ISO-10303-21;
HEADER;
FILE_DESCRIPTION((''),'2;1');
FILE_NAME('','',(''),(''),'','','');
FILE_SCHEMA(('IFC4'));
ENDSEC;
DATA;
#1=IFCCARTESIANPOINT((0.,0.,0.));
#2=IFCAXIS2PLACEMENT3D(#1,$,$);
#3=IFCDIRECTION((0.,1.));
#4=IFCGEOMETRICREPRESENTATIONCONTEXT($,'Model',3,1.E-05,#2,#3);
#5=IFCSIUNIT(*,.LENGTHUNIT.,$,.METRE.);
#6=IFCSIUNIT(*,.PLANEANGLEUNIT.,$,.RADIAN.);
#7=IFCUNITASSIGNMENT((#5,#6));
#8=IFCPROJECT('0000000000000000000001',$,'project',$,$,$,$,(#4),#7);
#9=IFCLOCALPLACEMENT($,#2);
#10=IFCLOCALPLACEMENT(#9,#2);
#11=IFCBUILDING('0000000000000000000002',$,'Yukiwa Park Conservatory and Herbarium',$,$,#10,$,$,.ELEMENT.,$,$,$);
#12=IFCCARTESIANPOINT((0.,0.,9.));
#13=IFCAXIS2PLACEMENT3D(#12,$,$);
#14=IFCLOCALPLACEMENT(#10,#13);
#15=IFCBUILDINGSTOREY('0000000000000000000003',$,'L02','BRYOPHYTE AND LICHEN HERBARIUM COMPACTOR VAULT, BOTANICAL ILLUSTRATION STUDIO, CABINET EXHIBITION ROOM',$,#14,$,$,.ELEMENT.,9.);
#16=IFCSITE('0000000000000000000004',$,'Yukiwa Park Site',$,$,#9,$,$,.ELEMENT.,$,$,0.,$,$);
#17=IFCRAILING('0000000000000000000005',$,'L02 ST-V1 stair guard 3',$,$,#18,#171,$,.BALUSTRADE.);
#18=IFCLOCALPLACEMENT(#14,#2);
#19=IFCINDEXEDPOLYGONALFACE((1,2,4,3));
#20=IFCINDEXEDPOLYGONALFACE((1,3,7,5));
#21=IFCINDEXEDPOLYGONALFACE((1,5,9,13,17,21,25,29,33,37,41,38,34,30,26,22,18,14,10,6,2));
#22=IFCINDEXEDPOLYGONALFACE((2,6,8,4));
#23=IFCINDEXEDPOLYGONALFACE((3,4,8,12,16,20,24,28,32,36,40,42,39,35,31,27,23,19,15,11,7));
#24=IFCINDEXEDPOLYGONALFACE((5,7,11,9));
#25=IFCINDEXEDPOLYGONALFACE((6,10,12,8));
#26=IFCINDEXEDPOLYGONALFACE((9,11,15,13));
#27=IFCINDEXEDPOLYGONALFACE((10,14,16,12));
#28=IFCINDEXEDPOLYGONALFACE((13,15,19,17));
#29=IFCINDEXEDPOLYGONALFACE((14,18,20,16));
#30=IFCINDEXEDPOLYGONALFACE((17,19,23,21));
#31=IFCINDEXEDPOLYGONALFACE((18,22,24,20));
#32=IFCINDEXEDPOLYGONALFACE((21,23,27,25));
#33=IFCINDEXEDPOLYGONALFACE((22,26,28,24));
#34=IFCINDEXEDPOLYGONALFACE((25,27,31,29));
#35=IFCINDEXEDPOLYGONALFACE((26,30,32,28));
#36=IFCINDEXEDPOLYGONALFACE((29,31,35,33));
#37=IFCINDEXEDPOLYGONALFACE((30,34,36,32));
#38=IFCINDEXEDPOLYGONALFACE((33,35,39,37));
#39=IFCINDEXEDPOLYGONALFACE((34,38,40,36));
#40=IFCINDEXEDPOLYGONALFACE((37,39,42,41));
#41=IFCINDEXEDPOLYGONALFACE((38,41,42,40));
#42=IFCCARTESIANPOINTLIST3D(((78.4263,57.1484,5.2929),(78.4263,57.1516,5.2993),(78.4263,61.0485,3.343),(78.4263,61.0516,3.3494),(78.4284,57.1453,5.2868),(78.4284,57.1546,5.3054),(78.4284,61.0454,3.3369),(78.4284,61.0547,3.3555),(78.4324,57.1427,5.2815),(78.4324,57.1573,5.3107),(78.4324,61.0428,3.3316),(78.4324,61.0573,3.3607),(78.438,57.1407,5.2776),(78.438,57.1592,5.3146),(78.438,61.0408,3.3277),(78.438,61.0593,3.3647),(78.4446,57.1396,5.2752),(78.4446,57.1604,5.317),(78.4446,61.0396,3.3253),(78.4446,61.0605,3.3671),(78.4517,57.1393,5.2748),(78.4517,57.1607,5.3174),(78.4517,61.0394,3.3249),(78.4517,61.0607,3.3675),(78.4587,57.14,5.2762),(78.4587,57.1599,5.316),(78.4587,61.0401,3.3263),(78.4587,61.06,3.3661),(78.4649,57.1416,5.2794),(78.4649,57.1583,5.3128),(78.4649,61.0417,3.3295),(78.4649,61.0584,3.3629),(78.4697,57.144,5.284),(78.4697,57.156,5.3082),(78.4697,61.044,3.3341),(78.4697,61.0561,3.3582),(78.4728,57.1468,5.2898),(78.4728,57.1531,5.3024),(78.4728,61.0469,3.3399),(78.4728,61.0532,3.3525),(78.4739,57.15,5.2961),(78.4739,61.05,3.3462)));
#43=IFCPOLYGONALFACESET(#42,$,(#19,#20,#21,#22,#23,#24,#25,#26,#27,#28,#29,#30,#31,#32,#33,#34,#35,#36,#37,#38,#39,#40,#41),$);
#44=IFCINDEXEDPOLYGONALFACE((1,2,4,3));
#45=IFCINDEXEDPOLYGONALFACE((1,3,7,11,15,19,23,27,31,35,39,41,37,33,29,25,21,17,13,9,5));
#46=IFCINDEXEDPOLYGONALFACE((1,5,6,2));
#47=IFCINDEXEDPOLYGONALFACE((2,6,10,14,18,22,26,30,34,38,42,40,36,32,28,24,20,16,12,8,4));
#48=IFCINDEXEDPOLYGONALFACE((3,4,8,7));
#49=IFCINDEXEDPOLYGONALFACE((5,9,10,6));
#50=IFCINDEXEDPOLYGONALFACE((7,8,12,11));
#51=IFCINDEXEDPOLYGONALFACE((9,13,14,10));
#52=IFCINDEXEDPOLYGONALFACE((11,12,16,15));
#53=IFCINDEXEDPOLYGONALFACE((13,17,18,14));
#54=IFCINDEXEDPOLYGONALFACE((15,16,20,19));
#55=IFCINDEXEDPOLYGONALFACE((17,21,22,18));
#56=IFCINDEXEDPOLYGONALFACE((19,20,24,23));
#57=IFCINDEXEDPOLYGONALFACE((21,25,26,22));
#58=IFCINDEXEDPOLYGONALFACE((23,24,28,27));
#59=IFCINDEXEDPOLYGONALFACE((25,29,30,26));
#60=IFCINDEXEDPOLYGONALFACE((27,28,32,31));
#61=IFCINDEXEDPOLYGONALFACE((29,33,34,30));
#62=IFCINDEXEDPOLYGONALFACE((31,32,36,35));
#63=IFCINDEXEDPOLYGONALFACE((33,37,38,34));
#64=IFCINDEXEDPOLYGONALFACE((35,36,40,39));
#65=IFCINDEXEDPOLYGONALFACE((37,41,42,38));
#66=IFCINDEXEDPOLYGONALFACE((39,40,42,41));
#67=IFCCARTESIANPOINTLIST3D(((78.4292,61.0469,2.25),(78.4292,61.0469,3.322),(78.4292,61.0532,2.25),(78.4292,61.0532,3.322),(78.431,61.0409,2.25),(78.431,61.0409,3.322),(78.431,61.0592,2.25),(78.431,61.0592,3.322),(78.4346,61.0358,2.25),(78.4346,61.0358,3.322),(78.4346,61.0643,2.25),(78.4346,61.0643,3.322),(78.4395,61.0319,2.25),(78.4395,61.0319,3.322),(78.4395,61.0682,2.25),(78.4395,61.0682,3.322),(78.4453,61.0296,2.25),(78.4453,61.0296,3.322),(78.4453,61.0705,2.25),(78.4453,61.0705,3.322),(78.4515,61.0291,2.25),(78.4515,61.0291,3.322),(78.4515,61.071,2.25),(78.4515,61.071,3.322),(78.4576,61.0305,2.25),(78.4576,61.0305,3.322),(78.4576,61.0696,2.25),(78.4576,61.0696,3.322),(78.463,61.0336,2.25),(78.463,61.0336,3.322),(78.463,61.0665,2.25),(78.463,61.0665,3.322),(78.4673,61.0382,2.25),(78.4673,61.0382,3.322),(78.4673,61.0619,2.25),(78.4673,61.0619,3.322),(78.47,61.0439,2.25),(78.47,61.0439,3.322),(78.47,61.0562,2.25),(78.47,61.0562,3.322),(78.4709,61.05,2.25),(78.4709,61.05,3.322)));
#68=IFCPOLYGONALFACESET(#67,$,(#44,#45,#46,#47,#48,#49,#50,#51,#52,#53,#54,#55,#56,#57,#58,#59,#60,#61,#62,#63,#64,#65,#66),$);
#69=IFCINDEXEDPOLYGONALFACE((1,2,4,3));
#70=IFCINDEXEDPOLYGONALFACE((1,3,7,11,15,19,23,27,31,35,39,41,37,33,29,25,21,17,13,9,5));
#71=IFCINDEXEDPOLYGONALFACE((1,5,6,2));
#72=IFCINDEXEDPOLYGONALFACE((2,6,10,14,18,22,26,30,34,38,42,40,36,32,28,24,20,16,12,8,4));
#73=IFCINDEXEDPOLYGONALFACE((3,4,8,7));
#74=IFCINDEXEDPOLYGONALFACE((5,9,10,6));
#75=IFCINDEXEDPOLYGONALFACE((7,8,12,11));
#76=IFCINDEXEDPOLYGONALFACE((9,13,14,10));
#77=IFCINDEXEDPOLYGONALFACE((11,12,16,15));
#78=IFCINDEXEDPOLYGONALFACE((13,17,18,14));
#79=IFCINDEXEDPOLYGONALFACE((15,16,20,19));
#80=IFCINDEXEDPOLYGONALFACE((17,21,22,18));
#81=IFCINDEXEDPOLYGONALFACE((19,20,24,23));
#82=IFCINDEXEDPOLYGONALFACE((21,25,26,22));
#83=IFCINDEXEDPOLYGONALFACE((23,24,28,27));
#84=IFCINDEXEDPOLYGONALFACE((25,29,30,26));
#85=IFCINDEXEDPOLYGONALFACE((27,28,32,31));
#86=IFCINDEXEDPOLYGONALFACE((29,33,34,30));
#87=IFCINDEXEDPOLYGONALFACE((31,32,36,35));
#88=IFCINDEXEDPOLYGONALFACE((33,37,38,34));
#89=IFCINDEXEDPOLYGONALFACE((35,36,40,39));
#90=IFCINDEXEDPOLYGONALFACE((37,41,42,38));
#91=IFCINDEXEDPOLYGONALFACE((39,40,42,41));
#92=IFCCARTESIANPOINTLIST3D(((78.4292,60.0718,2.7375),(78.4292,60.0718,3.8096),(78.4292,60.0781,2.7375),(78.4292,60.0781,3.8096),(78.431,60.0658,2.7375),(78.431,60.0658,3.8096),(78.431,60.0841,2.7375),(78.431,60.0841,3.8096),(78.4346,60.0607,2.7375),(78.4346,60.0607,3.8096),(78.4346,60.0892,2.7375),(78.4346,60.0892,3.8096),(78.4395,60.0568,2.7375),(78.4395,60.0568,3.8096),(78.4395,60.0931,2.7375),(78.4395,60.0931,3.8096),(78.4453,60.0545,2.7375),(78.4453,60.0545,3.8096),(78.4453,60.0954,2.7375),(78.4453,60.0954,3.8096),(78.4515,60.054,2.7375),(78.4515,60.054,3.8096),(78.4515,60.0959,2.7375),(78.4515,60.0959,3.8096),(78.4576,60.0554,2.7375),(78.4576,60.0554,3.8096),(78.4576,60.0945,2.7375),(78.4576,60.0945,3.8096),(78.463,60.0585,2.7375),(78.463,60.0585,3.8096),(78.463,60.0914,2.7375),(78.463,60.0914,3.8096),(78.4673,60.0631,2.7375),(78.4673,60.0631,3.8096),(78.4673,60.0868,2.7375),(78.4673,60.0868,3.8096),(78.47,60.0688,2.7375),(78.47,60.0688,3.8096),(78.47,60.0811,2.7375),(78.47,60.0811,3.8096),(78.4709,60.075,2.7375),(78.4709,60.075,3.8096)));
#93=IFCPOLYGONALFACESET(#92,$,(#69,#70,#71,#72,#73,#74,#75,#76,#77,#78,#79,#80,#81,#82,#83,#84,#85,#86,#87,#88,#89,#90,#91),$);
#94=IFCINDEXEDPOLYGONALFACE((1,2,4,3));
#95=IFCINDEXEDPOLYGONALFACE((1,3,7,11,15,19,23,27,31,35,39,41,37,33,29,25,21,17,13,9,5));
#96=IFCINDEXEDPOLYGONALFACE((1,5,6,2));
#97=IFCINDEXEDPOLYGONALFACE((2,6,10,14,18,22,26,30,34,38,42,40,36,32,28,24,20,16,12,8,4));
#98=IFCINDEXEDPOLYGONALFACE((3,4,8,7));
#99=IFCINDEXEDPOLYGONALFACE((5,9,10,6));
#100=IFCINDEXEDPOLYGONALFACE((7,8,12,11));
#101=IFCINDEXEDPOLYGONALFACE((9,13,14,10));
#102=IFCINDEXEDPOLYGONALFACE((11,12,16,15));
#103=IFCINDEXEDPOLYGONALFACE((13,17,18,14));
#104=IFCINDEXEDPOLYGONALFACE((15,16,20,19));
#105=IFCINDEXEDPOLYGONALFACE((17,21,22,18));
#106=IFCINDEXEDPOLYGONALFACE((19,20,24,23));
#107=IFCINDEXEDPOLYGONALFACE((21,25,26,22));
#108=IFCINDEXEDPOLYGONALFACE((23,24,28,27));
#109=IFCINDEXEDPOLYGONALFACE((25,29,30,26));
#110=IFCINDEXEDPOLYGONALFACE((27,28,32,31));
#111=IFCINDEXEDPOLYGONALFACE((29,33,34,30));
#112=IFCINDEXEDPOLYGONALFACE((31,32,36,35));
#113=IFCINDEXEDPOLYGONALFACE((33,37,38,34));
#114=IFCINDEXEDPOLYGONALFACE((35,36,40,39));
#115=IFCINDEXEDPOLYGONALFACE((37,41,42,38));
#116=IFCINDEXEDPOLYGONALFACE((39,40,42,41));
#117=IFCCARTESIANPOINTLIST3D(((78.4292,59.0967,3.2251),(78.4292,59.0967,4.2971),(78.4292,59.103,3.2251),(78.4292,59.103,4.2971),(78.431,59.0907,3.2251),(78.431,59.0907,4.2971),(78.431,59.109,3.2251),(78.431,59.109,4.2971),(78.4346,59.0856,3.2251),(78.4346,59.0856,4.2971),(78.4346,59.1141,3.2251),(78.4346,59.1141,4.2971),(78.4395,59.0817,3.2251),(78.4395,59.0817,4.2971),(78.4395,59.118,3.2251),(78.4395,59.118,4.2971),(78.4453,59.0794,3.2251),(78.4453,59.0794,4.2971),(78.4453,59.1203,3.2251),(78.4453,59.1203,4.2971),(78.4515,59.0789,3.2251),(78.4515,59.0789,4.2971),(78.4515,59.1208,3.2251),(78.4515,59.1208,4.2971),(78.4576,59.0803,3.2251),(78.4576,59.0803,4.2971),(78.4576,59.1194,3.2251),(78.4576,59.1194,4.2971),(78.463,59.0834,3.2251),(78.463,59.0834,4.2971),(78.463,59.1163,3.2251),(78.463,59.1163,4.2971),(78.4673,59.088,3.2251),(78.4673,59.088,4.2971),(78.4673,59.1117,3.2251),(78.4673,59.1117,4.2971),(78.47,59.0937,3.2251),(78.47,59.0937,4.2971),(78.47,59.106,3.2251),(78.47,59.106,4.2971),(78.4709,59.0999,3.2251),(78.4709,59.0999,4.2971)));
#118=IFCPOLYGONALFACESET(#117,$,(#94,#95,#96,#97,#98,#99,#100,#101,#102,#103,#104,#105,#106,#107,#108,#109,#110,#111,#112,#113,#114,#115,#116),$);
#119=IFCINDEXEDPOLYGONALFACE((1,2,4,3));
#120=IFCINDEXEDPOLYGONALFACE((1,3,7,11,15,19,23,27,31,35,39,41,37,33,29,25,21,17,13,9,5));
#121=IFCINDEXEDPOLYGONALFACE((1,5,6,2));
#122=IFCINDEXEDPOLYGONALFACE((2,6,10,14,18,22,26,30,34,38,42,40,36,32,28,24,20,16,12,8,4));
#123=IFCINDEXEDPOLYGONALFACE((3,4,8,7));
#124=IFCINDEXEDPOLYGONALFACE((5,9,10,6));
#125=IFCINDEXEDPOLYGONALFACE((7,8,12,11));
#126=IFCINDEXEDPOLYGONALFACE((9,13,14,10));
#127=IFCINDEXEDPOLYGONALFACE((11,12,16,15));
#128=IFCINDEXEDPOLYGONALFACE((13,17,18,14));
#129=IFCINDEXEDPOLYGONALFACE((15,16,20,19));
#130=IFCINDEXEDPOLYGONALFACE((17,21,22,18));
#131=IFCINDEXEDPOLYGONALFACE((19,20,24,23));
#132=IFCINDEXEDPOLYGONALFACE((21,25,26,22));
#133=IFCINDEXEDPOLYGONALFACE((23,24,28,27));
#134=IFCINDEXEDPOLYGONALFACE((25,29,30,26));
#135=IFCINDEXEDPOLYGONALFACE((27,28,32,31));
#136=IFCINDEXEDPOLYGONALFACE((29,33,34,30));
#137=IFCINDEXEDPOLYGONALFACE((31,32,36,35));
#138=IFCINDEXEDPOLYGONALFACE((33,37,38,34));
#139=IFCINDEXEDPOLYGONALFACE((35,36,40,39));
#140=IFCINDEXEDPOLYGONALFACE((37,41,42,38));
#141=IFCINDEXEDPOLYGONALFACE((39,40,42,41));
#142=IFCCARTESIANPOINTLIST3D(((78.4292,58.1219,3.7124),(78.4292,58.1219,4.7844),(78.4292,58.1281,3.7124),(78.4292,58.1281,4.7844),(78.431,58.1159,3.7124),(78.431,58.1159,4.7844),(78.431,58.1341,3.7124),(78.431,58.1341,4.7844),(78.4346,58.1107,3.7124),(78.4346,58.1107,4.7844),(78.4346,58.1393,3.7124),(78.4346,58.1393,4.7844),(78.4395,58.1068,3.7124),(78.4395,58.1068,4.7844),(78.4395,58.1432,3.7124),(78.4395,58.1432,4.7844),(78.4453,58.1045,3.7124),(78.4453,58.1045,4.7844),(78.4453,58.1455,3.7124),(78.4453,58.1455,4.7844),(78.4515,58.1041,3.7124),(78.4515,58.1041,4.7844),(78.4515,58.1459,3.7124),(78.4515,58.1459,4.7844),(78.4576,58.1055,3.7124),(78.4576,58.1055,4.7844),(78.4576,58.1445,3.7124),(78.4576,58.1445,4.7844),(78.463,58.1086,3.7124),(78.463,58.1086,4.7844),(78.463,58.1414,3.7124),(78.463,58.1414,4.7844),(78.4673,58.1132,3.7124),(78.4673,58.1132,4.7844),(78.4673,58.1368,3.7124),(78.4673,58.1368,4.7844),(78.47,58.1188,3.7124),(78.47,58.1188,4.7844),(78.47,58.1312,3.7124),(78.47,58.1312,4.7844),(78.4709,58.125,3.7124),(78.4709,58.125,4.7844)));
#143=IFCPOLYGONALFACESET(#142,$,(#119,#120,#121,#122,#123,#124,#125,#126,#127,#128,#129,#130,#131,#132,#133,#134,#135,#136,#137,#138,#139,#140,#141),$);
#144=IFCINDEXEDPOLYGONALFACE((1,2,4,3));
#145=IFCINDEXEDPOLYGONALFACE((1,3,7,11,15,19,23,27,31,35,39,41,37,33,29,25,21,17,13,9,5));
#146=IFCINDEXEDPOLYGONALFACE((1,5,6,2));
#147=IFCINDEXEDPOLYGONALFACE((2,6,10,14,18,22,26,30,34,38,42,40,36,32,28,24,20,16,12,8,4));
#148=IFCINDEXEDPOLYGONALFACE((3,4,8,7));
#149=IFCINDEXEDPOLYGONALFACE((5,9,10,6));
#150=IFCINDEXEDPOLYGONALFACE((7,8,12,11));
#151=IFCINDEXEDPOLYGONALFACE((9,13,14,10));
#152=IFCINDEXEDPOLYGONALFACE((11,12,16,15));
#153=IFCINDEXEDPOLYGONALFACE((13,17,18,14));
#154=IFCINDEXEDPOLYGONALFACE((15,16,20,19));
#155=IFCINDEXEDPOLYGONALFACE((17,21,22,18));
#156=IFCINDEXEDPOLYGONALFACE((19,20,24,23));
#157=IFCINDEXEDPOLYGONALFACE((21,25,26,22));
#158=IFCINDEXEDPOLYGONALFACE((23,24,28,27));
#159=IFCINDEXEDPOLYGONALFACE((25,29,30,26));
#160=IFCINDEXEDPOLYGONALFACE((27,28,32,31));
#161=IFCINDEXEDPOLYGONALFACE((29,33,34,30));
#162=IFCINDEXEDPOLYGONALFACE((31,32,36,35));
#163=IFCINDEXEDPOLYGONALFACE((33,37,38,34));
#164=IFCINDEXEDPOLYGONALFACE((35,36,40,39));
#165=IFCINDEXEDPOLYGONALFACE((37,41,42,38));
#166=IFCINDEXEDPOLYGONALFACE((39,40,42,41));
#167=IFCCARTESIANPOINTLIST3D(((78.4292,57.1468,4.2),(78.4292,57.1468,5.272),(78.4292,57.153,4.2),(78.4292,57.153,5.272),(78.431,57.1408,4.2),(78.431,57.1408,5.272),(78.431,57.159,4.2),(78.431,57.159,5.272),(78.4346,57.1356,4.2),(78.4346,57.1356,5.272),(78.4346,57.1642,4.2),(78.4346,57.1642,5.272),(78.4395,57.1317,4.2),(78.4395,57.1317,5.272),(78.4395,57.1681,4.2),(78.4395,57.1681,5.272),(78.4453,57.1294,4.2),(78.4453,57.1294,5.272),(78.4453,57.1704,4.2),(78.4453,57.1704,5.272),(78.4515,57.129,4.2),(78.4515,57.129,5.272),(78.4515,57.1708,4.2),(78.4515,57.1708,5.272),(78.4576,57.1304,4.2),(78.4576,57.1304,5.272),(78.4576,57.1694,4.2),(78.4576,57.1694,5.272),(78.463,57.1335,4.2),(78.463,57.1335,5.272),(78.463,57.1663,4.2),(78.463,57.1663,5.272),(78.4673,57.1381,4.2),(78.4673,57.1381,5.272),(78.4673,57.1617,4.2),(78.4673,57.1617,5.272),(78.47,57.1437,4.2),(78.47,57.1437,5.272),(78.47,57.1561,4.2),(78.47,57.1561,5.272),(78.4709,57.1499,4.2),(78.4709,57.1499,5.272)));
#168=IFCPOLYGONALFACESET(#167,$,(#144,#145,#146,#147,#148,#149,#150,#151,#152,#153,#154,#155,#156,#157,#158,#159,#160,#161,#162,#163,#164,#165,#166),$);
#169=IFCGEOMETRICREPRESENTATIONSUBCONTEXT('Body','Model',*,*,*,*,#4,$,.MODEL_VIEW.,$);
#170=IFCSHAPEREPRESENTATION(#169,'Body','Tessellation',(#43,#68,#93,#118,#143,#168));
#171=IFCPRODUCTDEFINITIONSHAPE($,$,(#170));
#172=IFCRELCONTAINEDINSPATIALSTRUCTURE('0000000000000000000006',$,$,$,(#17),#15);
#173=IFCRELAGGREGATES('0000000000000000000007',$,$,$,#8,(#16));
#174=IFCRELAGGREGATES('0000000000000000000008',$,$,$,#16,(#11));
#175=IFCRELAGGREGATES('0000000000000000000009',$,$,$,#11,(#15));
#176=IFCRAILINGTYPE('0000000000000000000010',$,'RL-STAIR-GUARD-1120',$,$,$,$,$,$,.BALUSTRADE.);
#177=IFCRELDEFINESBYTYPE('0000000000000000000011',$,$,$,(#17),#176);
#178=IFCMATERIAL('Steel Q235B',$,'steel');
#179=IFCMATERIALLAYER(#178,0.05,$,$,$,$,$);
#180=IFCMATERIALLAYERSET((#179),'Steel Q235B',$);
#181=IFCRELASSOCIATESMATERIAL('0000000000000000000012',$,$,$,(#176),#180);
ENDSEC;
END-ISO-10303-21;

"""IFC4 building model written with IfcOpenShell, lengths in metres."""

from ifc_helpers import new_model, si_unit, direction, frame, origin, origin_2d, place, context, subcontext, project, spatial, circle, extrude, material, layer, layer_set, type_object, element, save


model = new_model("IFC4")

# Units and contexts
model_context = context("Model", 3, precision=1e-05, world=origin(), true_north=direction((0.0, 1.0)))
body_context = subcontext(model_context, "Body", "Model", "MODEL_VIEW")
ifc_project = project(units=[si_unit("LENGTHUNIT", "METRE"), si_unit("PLANEANGLEUNIT", "RADIAN")], contexts=[model_context])

# Site, building, storey
site_placement = place(None, origin())
site = spatial("IfcSite", under=ifc_project, at=site_placement, Name="Yukiwa Park Site", CompositionType="ELEMENT", RefElevation=0.0)
building_placement = place(site_placement, origin())
building = spatial("IfcBuilding", under=site, at=building_placement, Name="Yukiwa Park Conservatory and Herbarium", CompositionType="ELEMENT")
storey_placement = place(building_placement, frame((0.0, 0.0, 9.0)))
storey = spatial("IfcBuildingStorey", under=building, at=storey_placement, Name="L02", Description="BRYOPHYTE AND LICHEN HERBARIUM COMPACTOR VAULT, BOTANICAL ILLUSTRATION STUDIO, CABINET EXHIBITION ROOM", CompositionType="ELEMENT", Elevation=9.0)

# Railing
ifc_material_1 = material(Name="Steel Q235B", Category="steel")
ifc_layer_1 = layer(ifc_material_1, 0.05)
ifc_layer_set_1 = layer_set([ifc_layer_1], Name="Steel Q235B")
railing_type_1 = type_object("IfcRailingType", Name="RL-STAIR-GUARD-1120", PredefinedType="BALUSTRADE", material=ifc_layer_set_1)
railing_1_placement = place(storey_placement, frame((78.45, 61.05, 2.25)))
element("IfcRailing", 1, at=railing_1_placement, inside=storey, type_object=railing_type_1, Name="L02 ST-V1 stair guard 3", PredefinedType="BALUSTRADE", context=body_context, shape_type="SweptSolid", body=[
    extrude(circle(Radius=0.0239, at=origin_2d()), frame((0.0, 0.0, 1.0962), z_axis=(0.0, -0.894438, 0.447191), x_axis=(1.0, 0.0, 0.0)), (0.0, 0.0, 1.0), 4.3604),
    extrude(circle(Radius=0.021, at=origin_2d()), origin(), (0.0, 0.0, 1.0), 1.072),
    extrude(circle(Radius=0.021, at=origin_2d()), frame((0.0, -0.9751, 0.4875)), (0.0, 0.0, 1.0), 1.072),
    extrude(circle(Radius=0.021, at=origin_2d()), frame((0.0, -1.9502, 0.9751)), (0.0, 0.0, 1.0), 1.072),
    extrude(circle(Radius=0.021, at=origin_2d()), frame((0.0, -2.925, 1.4624)), (0.0, 0.0, 1.0), 1.072),
    extrude(circle(Radius=0.021, at=origin_2d()), frame((0.0, -3.9001, 1.95)), (0.0, 0.0, 1.0), 1.072),
])

save(model, "model.ifc")
